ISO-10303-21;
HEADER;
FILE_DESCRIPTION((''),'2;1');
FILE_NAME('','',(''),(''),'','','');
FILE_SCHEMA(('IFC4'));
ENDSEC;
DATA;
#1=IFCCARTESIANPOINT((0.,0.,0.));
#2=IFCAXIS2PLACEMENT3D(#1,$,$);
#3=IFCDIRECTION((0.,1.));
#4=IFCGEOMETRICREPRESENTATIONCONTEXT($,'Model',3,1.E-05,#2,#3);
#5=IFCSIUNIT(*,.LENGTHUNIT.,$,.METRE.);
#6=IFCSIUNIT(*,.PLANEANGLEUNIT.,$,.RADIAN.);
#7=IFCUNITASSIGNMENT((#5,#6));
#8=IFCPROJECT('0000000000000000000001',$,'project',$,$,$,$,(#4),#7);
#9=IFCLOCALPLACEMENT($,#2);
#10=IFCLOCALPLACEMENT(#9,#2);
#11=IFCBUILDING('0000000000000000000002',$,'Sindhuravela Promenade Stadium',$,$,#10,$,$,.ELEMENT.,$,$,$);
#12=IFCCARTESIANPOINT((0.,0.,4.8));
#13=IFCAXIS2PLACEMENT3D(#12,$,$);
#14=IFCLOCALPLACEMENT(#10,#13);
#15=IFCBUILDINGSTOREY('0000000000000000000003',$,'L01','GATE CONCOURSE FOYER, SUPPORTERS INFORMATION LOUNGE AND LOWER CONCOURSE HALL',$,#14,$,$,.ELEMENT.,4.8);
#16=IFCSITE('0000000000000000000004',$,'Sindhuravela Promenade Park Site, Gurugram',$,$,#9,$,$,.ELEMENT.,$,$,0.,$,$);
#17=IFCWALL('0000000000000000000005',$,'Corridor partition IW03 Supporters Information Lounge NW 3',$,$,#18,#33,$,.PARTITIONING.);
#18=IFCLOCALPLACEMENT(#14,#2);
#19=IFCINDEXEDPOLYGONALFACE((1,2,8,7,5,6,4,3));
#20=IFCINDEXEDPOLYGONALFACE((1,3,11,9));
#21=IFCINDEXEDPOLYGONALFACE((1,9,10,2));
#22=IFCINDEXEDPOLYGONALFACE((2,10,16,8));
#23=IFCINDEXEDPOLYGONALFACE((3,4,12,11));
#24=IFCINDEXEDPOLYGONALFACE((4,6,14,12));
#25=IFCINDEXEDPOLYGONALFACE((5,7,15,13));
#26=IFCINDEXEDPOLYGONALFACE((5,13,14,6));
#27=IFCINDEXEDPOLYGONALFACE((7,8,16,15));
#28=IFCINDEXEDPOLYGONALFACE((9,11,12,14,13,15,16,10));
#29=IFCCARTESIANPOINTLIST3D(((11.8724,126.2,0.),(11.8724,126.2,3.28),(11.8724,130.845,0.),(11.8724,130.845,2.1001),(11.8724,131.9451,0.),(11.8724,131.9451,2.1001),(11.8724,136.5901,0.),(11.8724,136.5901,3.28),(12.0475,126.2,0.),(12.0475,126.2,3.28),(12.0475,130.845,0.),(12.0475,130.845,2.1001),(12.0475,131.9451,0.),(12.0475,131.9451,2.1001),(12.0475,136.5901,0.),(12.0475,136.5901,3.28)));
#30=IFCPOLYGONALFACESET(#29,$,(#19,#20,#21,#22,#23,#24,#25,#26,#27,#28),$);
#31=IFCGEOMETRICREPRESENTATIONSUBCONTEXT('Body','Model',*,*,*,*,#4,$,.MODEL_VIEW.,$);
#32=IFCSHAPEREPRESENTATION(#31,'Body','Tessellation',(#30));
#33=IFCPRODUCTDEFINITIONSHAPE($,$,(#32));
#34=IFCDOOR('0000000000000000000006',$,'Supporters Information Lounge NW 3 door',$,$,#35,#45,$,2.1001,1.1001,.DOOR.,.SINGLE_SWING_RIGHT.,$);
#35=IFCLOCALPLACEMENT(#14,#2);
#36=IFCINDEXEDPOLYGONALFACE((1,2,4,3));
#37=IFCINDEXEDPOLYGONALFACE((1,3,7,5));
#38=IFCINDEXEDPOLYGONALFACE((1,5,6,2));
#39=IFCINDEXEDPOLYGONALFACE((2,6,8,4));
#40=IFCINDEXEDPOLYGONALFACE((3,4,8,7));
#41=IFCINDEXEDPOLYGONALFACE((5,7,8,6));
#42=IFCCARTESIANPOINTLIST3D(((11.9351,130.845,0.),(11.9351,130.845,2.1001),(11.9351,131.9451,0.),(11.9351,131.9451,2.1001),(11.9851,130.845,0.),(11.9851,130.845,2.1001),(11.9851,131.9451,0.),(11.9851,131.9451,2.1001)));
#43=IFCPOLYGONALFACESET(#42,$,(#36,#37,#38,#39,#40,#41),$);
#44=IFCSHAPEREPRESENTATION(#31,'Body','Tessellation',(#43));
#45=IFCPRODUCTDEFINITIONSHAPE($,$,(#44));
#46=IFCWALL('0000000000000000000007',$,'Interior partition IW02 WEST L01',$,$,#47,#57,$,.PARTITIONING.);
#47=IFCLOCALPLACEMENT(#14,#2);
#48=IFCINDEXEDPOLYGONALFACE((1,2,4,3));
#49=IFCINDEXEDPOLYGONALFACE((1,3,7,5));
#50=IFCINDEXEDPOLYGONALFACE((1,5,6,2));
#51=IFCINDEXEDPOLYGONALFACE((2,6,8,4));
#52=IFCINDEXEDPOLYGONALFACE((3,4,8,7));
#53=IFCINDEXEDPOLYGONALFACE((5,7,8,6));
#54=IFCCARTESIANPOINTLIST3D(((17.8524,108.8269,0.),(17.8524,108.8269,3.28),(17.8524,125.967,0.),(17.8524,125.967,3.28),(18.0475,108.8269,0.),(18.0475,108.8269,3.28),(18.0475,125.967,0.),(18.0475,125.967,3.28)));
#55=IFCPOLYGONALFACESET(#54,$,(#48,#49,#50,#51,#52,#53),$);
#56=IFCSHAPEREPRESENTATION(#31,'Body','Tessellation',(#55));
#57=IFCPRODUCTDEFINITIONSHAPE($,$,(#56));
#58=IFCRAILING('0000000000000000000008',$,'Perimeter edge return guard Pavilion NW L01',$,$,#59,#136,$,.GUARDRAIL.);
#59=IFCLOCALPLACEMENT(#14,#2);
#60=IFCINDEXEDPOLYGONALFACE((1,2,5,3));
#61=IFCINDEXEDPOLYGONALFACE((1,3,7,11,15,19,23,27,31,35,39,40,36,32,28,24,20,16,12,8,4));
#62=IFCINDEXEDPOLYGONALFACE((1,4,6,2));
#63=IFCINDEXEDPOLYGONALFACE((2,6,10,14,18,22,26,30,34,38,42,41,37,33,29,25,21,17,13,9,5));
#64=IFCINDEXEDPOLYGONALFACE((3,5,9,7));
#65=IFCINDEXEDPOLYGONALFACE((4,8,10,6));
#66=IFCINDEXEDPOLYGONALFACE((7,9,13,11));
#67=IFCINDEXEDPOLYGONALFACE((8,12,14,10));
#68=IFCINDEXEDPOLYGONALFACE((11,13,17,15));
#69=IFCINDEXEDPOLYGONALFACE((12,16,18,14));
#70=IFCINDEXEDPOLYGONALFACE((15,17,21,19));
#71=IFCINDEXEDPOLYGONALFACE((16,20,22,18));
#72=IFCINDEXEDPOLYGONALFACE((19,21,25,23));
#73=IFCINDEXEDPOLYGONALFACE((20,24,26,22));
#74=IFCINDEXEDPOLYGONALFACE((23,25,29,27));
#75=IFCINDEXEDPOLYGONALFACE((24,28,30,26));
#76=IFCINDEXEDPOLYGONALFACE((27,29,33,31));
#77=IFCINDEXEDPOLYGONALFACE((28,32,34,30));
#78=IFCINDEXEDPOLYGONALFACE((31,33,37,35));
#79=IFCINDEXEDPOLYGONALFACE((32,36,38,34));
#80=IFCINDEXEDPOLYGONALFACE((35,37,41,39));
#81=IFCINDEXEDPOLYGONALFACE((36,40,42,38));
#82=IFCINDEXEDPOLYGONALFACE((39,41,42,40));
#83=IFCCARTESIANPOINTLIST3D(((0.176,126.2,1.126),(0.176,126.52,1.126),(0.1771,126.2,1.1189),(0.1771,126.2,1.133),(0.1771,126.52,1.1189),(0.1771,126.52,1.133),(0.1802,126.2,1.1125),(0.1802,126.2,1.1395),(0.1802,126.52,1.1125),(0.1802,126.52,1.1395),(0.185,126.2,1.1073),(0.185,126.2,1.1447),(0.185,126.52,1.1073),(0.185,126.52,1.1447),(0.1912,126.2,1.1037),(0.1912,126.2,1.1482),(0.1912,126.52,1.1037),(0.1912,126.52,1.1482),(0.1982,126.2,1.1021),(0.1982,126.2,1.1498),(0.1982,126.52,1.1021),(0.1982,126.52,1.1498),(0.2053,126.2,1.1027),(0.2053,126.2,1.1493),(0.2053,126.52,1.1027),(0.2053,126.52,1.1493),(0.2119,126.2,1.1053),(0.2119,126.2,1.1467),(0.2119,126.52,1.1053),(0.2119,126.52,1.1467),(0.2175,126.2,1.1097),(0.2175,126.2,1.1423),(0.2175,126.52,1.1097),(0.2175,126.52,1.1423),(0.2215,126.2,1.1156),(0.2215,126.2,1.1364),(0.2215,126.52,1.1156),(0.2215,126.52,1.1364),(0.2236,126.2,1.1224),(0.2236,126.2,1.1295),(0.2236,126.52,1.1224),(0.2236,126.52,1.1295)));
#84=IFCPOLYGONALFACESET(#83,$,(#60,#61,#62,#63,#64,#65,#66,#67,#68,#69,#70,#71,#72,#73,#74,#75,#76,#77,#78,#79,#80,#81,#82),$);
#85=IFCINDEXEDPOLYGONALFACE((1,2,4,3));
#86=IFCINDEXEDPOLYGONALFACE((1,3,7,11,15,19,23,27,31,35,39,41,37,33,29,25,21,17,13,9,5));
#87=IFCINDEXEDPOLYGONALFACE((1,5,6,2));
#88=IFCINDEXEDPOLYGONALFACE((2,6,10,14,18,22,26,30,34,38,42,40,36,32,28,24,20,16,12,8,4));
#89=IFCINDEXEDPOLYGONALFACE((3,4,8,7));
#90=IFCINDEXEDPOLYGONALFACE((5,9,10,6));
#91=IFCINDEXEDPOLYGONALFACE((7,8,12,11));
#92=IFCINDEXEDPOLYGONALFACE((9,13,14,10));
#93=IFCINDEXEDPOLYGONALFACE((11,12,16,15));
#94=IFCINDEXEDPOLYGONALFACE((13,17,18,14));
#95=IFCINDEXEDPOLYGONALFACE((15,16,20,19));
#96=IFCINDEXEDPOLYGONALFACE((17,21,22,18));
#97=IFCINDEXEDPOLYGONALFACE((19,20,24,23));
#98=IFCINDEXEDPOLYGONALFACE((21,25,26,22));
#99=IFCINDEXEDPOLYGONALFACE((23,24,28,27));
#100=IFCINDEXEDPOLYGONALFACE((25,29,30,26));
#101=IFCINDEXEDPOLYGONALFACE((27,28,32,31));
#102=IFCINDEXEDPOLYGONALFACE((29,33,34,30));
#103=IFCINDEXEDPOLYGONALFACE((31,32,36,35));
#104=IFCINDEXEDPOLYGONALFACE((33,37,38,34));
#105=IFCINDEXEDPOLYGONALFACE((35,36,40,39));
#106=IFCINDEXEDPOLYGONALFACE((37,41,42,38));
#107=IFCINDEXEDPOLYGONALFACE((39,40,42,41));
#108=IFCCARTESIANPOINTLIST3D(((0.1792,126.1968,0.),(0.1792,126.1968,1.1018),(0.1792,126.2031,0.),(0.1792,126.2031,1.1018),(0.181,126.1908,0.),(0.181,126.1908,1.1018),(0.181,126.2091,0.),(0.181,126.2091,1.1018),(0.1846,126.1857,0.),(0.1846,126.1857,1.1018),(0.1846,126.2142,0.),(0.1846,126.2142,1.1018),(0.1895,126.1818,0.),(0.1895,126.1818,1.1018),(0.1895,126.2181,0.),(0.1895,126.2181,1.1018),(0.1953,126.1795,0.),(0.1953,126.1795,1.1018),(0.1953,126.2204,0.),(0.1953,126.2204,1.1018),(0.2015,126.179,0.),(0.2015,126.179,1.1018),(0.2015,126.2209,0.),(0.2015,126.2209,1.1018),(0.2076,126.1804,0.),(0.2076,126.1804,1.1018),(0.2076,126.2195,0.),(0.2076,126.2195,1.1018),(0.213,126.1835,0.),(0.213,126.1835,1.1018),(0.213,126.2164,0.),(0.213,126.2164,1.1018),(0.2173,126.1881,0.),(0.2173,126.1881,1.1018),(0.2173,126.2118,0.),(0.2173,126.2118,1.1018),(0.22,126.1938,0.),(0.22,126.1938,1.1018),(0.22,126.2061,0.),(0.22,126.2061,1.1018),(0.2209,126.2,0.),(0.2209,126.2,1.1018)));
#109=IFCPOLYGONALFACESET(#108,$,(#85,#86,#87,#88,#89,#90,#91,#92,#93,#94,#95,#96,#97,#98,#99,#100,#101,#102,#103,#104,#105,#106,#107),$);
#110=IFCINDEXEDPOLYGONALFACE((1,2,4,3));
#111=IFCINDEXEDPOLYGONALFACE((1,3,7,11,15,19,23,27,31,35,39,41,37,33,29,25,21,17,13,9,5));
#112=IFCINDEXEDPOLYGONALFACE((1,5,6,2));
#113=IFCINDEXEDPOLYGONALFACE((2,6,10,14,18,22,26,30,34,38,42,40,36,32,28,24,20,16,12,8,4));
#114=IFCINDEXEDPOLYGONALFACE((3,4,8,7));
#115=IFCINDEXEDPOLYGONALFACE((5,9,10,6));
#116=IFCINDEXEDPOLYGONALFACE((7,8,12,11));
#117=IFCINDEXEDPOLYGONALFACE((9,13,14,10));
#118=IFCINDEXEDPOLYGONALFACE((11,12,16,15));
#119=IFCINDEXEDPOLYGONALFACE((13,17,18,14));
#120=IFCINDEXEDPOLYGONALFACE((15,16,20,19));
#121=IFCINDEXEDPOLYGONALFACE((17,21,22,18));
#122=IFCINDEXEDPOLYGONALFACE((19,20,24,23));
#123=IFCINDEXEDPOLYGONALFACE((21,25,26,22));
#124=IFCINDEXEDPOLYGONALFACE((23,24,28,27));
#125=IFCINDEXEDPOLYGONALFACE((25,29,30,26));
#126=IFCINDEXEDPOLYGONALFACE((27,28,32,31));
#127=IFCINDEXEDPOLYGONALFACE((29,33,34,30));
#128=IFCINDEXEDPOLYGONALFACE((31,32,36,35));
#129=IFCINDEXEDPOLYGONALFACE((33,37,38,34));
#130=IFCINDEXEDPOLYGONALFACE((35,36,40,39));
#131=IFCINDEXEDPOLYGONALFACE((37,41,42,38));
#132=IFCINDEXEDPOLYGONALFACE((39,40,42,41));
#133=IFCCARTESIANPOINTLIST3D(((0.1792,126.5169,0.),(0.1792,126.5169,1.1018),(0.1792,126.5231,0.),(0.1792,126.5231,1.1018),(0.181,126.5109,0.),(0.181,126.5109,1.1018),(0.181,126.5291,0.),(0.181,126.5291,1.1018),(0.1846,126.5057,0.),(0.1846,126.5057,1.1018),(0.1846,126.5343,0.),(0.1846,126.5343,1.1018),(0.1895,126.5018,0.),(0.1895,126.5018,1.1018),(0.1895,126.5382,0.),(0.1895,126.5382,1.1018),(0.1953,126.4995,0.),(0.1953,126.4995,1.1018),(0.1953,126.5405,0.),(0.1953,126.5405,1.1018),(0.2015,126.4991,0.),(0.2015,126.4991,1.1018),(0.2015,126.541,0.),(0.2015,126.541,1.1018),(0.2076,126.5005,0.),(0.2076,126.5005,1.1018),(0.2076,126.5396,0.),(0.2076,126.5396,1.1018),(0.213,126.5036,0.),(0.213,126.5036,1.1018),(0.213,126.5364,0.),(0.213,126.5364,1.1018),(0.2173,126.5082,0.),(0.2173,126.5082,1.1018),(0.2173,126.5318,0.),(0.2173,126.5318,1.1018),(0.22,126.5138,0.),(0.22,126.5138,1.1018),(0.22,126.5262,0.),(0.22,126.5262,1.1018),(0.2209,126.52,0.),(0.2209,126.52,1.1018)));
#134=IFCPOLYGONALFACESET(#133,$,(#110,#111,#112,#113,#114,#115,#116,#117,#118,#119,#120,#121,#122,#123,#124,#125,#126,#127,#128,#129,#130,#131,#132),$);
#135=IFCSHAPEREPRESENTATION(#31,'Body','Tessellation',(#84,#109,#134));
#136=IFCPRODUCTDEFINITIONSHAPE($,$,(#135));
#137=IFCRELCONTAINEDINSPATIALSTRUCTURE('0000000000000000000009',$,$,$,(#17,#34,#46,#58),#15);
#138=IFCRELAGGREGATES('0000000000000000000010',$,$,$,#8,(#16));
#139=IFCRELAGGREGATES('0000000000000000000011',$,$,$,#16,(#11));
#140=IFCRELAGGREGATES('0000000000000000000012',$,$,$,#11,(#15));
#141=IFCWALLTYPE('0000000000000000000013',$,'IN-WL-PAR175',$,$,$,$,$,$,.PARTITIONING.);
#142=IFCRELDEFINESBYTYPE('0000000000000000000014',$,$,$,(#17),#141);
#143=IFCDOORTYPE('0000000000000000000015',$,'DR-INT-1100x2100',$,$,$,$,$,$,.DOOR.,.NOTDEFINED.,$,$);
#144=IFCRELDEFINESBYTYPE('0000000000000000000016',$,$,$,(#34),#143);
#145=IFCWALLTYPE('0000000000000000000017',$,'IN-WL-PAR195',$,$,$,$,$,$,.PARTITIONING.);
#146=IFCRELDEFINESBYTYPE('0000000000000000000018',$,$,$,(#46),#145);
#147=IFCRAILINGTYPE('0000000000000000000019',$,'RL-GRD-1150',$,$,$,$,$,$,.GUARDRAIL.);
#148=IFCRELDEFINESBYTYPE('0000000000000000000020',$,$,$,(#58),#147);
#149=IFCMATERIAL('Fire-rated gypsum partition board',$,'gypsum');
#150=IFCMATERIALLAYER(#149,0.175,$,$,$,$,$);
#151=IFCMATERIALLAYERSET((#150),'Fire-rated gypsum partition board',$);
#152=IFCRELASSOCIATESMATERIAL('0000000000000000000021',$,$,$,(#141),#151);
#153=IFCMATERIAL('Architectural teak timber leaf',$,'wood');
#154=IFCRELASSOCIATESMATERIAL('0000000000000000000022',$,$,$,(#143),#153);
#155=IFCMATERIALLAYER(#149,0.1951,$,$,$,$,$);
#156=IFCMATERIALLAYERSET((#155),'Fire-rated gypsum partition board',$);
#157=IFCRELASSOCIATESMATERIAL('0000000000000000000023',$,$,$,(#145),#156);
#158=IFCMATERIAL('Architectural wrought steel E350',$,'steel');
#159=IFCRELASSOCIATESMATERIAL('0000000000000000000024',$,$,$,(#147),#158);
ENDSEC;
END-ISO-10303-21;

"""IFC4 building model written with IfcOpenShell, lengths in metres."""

from ifc_helpers import new_model, si_unit, direction, frame, frame_2d, origin, origin_2d, place, context, subcontext, project, spatial, rectangle, circle, extrude, material, layer, layer_set, type_object, element, fill, save


model = new_model("IFC4")

# Units and contexts
model_context = context("Model", 3, precision=1e-05, world=origin(), true_north=direction((0.0, 1.0)))
body_context = subcontext(model_context, "Body", "Model", "MODEL_VIEW")
ifc_project = project(units=[si_unit("LENGTHUNIT", "METRE"), si_unit("PLANEANGLEUNIT", "RADIAN")], contexts=[model_context])

# Site, building, storey
site_placement = place(None, origin())
site = spatial("IfcSite", under=ifc_project, at=site_placement, Name="Sindhuravela Promenade Park Site, Gurugram", CompositionType="ELEMENT", RefElevation=0.0)
building_placement = place(site_placement, origin())
building = spatial("IfcBuilding", under=site, at=building_placement, Name="Sindhuravela Promenade Stadium", CompositionType="ELEMENT")
storey_placement = place(building_placement, frame((0.0, 0.0, 4.8)))
storey = spatial("IfcBuildingStorey", under=building, at=storey_placement, Name="L01", Description="GATE CONCOURSE FOYER, SUPPORTERS INFORMATION LOUNGE AND LOWER CONCOURSE HALL", CompositionType="ELEMENT", Elevation=4.8)

# Shared definitions
ifc_material_1 = material(Name="Fire-rated gypsum partition board", Category="gypsum")

# Wall, opening, door
ifc_layer_1 = layer(ifc_material_1, 0.175)
ifc_layer_set_1 = layer_set([ifc_layer_1], Name="Fire-rated gypsum partition board")
wall_type_1 = type_object("IfcWallType", Name="IN-WL-PAR175", PredefinedType="PARTITIONING", material=ifc_layer_set_1)
wall_1_placement = place(storey_placement, frame((11.96, 126.2, 0.0), z_axis=(0.0, 0.0, 1.0), x_axis=(0.0, 1.0, 0.0)))
wall_1 = element("IfcWall", 1, at=wall_1_placement, inside=storey, type_object=wall_type_1, Name="Corridor partition IW03 Supporters Information Lounge NW 3", PredefinedType="PARTITIONING", context=body_context, shape_type="SweptSolid", body=[
    extrude(rectangle(XDim=10.3901, YDim=0.175, at=frame_2d((5.1951, 0.0))), origin(), (0.0, 0.0, 1.0), 3.28),
])
opening_placement = place(wall_1_placement, frame((4.645, 0.0, 0.0)))
opening = element("IfcOpeningElement", 2, at=opening_placement, cuts=wall_1, PredefinedType="OPENING", context=body_context, shape_type="SweptSolid", body=[
    extrude(rectangle(XDim=1.1001, YDim=2.1001, at=frame_2d((0.55, 1.05))), frame((0.0, 0.0974, 0.0), z_axis=(0.0, -1.0, 0.0), x_axis=(1.0, 0.0, 0.0)), (0.0, 0.0, 1.0), 0.1951),
])
ifc_material_2 = material(Name="Architectural teak timber leaf", Category="wood")
door_type = type_object("IfcDoorType", Name="DR-INT-1100x2100", OperationType="NOTDEFINED", PredefinedType="DOOR", material=ifc_material_2)
door_placement = place(opening_placement, origin())
door = element("IfcDoor", 3, at=door_placement, inside=storey, type_object=door_type, Name="Supporters Information Lounge NW 3 door", OperationType="SINGLE_SWING_RIGHT", OverallHeight=2.1001, OverallWidth=1.1001, PredefinedType="DOOR", context=body_context, shape_type="SweptSolid", body=[
    extrude(rectangle(XDim=1.1001, YDim=2.1001, at=frame_2d((0.55, 1.05))), frame((0.0, 0.0249, 0.0), z_axis=(0.0, -1.0, 0.0), x_axis=(1.0, 0.0, 0.0)), (0.0, 0.0, 1.0), 0.05),
])
fill(opening, door)

# Wall
ifc_layer_2 = layer(ifc_material_1, 0.1951)
ifc_layer_set_2 = layer_set([ifc_layer_2], Name="Fire-rated gypsum partition board")
wall_type_2 = type_object("IfcWallType", Name="IN-WL-PAR195", PredefinedType="PARTITIONING", material=ifc_layer_set_2)
wall_2_placement = place(storey_placement, frame((17.95, 125.967, 0.0), z_axis=(0.0, 0.0, 1.0), x_axis=(0.0, -1.0, 0.0)))
element("IfcWall", 4, at=wall_2_placement, inside=storey, type_object=wall_type_2, Name="Interior partition IW02 WEST L01", PredefinedType="PARTITIONING", context=body_context, shape_type="SweptSolid", body=[
    extrude(rectangle(XDim=17.1401, YDim=0.1951, at=frame_2d((8.5701, 0.0))), origin(), (0.0, 0.0, 1.0), 3.28),
])

# Railing
ifc_material_3 = material(Name="Architectural wrought steel E350", Category="steel")
railing_type = type_object("IfcRailingType", Name="RL-GRD-1150", PredefinedType="GUARDRAIL", material=ifc_material_3)
railing_placement = place(storey_placement, frame((0.2, 126.2, 0.0)))
element("IfcRailing", 5, at=railing_placement, inside=storey, type_object=railing_type, Name="Perimeter edge return guard Pavilion NW L01", PredefinedType="GUARDRAIL", context=body_context, shape_type="SweptSolid", body=[
    extrude(circle(Radius=0.0239, at=origin_2d()), frame((0.0, 0.0, 1.126), z_axis=(0.0, 1.0, 0.0), x_axis=(-1.0, 0.0, 0.0)), (0.0, 0.0, 1.0), 0.3201),
    extrude(circle(Radius=0.021, at=origin_2d()), origin(), (0.0, 0.0, 1.0), 1.1018),
    extrude(circle(Radius=0.021, at=origin_2d()), frame((0.0, 0.3201, 0.0)), (0.0, 0.0, 1.0), 1.1018),
])

save(model, "model.ifc")
